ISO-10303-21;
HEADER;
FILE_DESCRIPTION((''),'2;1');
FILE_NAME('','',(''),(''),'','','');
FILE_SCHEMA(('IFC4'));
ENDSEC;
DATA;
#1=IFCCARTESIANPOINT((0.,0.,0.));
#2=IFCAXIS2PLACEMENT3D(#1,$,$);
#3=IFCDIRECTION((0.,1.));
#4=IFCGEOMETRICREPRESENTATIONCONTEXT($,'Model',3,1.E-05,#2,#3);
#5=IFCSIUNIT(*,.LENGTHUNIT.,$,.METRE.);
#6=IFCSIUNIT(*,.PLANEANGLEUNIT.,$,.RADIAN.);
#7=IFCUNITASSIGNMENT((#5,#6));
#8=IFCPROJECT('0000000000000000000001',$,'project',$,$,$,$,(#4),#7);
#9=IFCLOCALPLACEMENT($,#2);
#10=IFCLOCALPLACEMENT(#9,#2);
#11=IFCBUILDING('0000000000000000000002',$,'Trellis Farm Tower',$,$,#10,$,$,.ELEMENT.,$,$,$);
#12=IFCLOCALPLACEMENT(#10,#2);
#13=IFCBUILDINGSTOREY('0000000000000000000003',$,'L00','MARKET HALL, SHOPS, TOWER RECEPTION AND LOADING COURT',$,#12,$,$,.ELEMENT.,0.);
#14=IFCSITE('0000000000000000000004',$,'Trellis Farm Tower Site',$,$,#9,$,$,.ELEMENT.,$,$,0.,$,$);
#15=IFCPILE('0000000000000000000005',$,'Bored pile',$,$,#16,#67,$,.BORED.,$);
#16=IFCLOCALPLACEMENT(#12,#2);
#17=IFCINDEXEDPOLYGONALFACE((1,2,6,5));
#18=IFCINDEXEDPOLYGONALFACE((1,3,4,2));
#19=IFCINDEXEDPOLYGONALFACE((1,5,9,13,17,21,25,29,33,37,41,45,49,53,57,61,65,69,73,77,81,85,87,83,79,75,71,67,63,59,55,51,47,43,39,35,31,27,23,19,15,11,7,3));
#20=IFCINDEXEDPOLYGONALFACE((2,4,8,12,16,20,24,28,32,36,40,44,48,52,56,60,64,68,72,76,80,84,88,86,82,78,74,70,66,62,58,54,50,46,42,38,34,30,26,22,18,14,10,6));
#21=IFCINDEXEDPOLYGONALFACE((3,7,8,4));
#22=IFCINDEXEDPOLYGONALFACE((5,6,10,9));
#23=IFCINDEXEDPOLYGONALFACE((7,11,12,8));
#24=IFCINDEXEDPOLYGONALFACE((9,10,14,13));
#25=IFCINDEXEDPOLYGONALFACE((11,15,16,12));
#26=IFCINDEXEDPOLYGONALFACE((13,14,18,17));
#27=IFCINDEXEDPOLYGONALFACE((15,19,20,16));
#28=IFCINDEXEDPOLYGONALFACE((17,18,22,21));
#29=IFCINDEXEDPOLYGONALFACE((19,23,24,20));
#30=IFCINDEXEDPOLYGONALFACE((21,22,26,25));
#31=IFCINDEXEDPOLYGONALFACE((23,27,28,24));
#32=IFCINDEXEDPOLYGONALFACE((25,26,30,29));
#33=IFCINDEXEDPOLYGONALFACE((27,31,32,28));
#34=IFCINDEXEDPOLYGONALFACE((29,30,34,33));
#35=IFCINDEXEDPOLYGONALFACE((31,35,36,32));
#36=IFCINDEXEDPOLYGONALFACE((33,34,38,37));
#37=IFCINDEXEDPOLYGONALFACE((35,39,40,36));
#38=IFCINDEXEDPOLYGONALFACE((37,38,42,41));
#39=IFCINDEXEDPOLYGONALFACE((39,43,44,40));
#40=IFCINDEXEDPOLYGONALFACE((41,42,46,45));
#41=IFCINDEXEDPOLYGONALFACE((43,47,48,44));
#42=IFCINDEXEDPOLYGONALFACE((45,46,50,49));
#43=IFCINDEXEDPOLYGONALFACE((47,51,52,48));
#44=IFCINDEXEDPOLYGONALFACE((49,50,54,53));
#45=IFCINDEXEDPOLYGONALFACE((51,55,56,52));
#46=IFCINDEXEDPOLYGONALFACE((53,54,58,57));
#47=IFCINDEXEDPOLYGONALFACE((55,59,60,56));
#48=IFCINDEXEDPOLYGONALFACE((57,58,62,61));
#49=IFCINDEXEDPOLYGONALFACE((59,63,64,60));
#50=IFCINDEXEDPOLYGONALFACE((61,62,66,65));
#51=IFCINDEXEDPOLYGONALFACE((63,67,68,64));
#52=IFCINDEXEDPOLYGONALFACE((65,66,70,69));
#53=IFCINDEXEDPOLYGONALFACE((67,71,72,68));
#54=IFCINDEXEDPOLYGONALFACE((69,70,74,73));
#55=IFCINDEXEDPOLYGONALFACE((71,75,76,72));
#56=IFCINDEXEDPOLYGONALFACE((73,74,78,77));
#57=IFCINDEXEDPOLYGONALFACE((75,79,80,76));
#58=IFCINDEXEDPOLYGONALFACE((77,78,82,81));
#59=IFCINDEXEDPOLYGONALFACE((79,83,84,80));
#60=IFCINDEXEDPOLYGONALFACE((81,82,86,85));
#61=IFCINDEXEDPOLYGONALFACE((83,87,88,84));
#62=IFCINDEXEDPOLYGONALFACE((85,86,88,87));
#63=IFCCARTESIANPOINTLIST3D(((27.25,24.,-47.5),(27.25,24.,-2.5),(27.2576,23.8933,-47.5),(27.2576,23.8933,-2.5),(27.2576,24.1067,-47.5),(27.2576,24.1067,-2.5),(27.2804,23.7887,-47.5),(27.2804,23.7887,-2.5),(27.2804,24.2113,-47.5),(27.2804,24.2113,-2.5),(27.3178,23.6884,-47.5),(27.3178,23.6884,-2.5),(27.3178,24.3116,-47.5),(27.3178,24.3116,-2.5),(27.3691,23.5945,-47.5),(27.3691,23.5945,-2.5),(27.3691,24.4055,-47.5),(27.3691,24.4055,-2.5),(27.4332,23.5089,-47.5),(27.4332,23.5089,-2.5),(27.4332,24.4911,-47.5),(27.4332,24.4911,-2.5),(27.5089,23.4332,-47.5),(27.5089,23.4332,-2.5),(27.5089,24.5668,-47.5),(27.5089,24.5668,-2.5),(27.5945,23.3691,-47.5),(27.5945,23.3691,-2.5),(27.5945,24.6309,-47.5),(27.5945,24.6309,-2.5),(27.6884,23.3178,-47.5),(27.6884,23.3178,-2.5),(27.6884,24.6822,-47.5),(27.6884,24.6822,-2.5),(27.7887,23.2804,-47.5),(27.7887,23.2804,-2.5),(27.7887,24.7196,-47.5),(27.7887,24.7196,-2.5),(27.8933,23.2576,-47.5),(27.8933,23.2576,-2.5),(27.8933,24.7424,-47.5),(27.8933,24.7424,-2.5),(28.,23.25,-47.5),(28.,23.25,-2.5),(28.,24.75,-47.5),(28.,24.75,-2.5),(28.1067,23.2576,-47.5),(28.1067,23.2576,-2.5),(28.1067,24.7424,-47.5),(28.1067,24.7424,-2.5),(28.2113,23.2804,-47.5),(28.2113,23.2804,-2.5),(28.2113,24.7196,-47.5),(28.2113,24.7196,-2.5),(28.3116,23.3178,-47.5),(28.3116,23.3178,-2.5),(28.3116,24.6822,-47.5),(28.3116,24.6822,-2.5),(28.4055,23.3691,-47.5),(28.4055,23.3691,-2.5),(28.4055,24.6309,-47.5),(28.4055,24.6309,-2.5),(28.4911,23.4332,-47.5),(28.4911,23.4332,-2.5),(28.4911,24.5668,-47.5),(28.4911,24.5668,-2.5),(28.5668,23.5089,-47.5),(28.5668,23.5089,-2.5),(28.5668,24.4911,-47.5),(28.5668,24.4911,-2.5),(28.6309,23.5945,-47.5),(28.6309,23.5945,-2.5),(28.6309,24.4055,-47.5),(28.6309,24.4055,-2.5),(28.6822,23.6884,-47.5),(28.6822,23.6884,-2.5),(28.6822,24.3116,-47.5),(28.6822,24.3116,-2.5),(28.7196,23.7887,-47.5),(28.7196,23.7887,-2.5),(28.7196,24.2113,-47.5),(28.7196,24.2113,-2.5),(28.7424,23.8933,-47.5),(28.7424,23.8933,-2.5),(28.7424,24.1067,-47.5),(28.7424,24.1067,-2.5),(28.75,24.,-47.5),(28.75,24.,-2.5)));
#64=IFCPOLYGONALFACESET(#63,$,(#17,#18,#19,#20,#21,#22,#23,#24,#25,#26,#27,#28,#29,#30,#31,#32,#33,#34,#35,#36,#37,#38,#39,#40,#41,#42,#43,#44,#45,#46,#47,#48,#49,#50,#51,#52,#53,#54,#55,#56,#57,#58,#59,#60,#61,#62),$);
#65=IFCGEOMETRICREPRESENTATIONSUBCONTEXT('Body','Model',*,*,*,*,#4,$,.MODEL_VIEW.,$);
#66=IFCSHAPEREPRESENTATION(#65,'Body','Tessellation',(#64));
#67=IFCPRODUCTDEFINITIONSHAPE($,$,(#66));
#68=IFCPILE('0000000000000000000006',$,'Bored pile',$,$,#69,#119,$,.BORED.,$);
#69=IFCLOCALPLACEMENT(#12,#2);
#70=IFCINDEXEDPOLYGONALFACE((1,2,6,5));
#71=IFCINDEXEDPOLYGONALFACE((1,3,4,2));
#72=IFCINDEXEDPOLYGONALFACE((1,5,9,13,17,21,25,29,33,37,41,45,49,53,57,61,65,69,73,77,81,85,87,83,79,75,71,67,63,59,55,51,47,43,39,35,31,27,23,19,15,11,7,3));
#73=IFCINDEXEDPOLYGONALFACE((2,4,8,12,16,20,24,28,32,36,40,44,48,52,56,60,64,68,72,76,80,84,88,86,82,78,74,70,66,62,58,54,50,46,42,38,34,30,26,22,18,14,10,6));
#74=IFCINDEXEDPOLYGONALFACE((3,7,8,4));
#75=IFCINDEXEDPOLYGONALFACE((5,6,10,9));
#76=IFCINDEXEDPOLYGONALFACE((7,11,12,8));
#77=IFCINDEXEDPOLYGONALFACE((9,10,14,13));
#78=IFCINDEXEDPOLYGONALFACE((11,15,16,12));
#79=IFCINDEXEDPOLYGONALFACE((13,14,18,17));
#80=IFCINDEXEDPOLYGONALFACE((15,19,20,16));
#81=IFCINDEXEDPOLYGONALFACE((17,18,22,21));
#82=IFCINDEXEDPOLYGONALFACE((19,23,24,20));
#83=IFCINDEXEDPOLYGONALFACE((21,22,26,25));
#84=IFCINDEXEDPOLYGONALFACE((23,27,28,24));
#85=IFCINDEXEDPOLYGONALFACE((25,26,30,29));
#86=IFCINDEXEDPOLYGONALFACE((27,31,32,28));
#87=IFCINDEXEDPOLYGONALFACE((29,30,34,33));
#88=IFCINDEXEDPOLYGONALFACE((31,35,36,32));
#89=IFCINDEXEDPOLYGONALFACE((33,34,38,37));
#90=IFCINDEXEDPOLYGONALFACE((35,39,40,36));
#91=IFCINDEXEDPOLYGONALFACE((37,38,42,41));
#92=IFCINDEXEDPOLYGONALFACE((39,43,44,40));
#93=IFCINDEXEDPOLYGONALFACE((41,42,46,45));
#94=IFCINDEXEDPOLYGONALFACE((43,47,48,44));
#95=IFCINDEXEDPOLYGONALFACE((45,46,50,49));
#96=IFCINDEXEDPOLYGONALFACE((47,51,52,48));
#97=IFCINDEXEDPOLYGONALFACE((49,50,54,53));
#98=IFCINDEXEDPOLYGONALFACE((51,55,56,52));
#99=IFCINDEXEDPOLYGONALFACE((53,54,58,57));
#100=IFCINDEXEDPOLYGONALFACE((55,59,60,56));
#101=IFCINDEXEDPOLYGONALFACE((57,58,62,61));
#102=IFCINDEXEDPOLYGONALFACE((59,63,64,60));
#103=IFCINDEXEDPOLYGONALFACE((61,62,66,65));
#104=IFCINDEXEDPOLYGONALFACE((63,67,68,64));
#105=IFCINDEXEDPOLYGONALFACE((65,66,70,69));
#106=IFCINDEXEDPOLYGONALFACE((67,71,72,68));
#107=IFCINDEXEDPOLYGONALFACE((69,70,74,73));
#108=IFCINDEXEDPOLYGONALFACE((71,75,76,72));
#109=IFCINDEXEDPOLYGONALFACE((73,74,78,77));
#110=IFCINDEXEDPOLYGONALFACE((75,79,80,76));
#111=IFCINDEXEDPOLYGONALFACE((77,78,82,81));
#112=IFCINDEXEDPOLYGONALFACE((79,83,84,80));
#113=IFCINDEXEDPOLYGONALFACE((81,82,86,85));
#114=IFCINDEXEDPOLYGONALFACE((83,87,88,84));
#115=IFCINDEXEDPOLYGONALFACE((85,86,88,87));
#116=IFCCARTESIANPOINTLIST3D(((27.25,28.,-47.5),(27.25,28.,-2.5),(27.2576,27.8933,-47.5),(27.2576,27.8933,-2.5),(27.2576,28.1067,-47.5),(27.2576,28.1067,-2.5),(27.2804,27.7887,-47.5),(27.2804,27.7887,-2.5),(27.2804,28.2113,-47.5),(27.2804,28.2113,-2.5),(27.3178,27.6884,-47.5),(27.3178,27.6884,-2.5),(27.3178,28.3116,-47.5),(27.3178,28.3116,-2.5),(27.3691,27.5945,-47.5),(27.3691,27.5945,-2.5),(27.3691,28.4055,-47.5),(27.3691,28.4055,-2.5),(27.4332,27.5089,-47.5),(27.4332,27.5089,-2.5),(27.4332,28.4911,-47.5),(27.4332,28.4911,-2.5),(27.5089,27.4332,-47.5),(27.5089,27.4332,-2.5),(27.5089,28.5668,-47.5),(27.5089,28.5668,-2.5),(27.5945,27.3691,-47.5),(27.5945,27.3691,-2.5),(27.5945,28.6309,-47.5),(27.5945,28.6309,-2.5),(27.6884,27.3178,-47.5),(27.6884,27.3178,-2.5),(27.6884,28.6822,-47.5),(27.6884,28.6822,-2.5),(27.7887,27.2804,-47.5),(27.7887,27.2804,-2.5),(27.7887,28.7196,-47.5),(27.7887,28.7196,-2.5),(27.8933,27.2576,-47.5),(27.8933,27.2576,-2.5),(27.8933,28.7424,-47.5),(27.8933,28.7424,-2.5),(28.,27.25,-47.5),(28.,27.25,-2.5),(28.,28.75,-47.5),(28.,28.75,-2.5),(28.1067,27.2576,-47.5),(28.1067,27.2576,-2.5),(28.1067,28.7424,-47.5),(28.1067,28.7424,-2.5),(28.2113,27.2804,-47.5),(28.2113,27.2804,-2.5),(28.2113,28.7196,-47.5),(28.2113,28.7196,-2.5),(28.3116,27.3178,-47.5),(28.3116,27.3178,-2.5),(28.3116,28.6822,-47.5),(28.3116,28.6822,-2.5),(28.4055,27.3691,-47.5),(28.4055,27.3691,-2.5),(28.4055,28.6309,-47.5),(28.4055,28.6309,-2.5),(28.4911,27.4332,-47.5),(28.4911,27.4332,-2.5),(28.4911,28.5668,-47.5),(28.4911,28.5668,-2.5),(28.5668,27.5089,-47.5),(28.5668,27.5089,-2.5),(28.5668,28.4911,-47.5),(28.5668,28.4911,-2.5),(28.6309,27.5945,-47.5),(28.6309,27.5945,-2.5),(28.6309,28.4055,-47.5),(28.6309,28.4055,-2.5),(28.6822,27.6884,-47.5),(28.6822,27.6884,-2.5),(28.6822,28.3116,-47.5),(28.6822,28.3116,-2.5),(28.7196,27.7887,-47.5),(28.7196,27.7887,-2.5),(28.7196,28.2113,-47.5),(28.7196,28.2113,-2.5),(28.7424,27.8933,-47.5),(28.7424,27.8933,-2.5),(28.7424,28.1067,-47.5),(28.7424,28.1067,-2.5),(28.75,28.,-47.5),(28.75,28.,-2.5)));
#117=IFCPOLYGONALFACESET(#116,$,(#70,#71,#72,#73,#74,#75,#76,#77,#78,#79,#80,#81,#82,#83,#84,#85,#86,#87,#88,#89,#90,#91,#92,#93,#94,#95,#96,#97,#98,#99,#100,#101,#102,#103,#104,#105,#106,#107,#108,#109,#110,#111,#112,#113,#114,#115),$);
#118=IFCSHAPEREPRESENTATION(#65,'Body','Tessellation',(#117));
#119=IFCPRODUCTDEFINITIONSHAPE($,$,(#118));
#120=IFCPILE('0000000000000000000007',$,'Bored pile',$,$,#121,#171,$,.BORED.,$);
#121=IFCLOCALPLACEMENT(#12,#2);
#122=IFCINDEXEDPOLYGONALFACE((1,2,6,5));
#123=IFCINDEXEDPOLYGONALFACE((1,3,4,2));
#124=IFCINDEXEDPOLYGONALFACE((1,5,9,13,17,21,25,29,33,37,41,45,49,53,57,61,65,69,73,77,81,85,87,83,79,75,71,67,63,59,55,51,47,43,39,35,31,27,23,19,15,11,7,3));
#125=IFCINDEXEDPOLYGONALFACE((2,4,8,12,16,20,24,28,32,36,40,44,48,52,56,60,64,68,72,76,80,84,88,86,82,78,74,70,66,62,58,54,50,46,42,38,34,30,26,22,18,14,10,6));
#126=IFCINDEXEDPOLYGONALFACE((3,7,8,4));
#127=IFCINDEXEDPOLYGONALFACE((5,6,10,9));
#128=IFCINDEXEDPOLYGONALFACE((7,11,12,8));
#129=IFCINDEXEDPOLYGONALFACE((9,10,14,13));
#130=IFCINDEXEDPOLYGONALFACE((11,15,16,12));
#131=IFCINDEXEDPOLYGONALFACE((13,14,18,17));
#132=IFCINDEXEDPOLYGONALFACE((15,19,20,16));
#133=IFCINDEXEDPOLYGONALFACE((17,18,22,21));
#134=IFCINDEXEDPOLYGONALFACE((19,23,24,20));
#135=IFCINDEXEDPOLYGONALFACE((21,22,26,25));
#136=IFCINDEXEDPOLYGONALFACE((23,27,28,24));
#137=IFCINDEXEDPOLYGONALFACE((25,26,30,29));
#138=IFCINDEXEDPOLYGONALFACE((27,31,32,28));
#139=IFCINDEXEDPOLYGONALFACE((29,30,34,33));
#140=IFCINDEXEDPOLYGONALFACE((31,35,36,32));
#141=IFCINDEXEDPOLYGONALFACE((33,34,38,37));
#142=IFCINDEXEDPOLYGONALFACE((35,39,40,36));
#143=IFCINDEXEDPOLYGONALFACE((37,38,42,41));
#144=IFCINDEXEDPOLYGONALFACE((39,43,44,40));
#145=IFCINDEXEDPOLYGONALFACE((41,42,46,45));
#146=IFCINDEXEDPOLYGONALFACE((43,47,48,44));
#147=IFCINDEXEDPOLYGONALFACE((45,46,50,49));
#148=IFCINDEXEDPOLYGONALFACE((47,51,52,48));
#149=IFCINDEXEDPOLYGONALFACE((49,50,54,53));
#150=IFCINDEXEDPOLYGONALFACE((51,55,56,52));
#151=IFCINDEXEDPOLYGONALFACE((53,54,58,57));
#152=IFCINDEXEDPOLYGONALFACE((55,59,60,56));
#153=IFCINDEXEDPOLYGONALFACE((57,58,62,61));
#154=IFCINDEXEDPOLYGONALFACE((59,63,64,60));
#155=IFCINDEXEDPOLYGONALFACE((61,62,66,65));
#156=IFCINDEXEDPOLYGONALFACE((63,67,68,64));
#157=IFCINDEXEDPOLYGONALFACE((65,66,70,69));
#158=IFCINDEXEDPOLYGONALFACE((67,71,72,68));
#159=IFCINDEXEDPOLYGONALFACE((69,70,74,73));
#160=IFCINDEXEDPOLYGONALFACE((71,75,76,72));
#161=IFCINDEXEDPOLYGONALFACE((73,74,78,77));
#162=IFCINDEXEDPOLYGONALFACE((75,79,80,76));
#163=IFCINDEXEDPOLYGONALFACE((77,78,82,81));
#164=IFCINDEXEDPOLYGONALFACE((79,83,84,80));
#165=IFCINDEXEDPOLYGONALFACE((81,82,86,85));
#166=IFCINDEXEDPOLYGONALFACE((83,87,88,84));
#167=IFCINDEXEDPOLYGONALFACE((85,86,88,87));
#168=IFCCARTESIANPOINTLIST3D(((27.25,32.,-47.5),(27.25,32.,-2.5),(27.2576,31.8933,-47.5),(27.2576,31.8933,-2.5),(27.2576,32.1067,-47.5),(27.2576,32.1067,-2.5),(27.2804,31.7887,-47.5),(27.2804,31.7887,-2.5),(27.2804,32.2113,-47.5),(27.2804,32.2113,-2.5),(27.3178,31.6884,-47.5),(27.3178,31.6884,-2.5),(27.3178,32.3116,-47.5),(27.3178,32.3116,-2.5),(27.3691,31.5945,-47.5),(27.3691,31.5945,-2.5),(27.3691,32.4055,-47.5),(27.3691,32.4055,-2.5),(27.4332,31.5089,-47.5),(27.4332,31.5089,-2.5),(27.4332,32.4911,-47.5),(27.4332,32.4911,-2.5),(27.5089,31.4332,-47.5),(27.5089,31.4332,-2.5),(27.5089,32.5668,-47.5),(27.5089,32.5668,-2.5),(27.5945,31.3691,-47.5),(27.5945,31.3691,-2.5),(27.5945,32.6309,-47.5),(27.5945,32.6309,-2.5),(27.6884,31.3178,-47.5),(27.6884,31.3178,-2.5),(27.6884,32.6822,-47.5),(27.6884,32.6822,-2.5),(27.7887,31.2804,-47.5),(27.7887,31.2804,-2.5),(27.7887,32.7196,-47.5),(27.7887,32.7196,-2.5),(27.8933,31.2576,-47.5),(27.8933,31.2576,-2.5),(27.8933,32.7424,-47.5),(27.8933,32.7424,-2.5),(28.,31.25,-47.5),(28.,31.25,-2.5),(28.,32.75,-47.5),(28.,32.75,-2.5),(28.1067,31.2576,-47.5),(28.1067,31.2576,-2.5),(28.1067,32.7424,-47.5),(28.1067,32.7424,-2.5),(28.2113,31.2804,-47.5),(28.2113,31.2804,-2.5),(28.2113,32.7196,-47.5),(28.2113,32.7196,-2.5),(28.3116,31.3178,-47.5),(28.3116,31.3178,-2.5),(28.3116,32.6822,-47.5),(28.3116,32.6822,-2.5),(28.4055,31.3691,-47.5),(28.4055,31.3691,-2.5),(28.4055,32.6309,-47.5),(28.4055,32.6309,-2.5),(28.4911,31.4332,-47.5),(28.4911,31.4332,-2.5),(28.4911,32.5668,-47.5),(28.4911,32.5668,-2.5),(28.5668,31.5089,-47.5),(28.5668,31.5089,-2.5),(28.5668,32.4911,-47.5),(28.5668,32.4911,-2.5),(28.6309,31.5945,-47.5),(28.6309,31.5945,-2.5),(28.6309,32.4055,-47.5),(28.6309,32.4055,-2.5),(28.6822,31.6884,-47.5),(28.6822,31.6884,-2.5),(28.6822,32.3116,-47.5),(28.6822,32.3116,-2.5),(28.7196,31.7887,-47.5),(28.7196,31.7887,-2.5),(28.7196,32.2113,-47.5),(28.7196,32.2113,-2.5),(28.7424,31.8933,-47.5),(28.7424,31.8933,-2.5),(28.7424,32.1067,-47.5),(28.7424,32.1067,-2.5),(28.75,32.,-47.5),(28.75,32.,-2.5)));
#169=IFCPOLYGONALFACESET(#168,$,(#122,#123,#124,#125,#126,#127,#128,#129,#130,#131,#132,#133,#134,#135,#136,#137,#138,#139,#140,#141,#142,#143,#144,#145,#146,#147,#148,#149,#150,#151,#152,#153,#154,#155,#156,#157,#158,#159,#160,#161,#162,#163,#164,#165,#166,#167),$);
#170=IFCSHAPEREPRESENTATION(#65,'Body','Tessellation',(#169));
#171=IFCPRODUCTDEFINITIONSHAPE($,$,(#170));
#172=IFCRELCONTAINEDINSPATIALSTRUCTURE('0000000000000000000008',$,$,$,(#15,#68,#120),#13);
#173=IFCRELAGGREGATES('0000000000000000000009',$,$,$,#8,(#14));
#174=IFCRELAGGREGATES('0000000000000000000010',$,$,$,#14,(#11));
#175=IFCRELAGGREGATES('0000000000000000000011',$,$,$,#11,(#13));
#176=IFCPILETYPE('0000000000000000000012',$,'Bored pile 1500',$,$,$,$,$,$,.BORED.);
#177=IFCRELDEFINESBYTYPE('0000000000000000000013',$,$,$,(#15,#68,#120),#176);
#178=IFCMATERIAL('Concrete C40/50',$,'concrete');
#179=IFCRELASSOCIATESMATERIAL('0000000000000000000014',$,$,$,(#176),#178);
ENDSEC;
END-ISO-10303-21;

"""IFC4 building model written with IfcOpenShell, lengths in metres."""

from ifc_helpers import new_model, si_unit, direction, frame, origin, origin_2d, place, context, subcontext, project, spatial, circle, extrude, source, transform, mapped, material, material_profile, profile_set, type_object, element, save


model = new_model("IFC4")

# Units and contexts
model_context = context("Model", 3, precision=1e-05, world=origin(), true_north=direction((0.0, 1.0)))
body_context = subcontext(model_context, "Body", "Model", "MODEL_VIEW")
ifc_project = project(units=[si_unit("LENGTHUNIT", "METRE"), si_unit("PLANEANGLEUNIT", "RADIAN")], contexts=[model_context])

# Site, building, storey
site_placement = place(None, origin())
site = spatial("IfcSite", under=ifc_project, at=site_placement, Name="Trellis Farm Tower Site", CompositionType="ELEMENT", RefElevation=0.0)
building_placement = place(site_placement, origin())
building = spatial("IfcBuilding", under=site, at=building_placement, Name="Trellis Farm Tower", CompositionType="ELEMENT")
storey_placement = place(building_placement, origin())
storey = spatial("IfcBuildingStorey", under=building, at=storey_placement, Name="L00", Description="MARKET HALL, SHOPS, TOWER RECEPTION AND LOADING COURT", CompositionType="ELEMENT", Elevation=0.0)

# Piles
ifc_material_1 = material(Name="Concrete C40/50", Category="concrete")
ifc_material_profile = material_profile(ifc_material_1, circle(Radius=0.75, at=origin_2d()), Name="Bored pile 1500")
ifc_profile_set = profile_set([ifc_material_profile], Name="Concrete C40/50")
pile_type = type_object("IfcPileType", Name="Bored pile 1500", PredefinedType="BORED", material=ifc_profile_set)
shared_shape_1 = source(origin(), body_context, "Body", "SweptSolid", [
    extrude(circle(Radius=0.75, at=origin_2d()), origin(), (0.0, 0.0, 1.0), 45.0),
])
for number, where, z_axis, x_axis, name in (
    (1, (28.0, 24.0, -2.5), (0.0, 0.0, -1.0), (1.0, 0.0, 0.0), "Bored pile"),
    (2, (28.0, 28.0, -2.5), (0.0, 0.0, -1.0), (1.0, 0.0, 0.0), "Bored pile"),
    (3, (28.0, 32.0, -2.5), (0.0, 0.0, -1.0), (1.0, 0.0, 0.0), "Bored pile"),
):
    element("IfcPile", number, at=place(storey_placement, frame(where, z_axis=z_axis, x_axis=x_axis)), inside=storey, type_object=pile_type, Name=name, PredefinedType="BORED", context=body_context, shape_type="MappedRepresentation", body=[
        mapped(shared_shape_1, transform((0.0, 0.0, 0.0))),
    ])

save(model, "model.ifc")
